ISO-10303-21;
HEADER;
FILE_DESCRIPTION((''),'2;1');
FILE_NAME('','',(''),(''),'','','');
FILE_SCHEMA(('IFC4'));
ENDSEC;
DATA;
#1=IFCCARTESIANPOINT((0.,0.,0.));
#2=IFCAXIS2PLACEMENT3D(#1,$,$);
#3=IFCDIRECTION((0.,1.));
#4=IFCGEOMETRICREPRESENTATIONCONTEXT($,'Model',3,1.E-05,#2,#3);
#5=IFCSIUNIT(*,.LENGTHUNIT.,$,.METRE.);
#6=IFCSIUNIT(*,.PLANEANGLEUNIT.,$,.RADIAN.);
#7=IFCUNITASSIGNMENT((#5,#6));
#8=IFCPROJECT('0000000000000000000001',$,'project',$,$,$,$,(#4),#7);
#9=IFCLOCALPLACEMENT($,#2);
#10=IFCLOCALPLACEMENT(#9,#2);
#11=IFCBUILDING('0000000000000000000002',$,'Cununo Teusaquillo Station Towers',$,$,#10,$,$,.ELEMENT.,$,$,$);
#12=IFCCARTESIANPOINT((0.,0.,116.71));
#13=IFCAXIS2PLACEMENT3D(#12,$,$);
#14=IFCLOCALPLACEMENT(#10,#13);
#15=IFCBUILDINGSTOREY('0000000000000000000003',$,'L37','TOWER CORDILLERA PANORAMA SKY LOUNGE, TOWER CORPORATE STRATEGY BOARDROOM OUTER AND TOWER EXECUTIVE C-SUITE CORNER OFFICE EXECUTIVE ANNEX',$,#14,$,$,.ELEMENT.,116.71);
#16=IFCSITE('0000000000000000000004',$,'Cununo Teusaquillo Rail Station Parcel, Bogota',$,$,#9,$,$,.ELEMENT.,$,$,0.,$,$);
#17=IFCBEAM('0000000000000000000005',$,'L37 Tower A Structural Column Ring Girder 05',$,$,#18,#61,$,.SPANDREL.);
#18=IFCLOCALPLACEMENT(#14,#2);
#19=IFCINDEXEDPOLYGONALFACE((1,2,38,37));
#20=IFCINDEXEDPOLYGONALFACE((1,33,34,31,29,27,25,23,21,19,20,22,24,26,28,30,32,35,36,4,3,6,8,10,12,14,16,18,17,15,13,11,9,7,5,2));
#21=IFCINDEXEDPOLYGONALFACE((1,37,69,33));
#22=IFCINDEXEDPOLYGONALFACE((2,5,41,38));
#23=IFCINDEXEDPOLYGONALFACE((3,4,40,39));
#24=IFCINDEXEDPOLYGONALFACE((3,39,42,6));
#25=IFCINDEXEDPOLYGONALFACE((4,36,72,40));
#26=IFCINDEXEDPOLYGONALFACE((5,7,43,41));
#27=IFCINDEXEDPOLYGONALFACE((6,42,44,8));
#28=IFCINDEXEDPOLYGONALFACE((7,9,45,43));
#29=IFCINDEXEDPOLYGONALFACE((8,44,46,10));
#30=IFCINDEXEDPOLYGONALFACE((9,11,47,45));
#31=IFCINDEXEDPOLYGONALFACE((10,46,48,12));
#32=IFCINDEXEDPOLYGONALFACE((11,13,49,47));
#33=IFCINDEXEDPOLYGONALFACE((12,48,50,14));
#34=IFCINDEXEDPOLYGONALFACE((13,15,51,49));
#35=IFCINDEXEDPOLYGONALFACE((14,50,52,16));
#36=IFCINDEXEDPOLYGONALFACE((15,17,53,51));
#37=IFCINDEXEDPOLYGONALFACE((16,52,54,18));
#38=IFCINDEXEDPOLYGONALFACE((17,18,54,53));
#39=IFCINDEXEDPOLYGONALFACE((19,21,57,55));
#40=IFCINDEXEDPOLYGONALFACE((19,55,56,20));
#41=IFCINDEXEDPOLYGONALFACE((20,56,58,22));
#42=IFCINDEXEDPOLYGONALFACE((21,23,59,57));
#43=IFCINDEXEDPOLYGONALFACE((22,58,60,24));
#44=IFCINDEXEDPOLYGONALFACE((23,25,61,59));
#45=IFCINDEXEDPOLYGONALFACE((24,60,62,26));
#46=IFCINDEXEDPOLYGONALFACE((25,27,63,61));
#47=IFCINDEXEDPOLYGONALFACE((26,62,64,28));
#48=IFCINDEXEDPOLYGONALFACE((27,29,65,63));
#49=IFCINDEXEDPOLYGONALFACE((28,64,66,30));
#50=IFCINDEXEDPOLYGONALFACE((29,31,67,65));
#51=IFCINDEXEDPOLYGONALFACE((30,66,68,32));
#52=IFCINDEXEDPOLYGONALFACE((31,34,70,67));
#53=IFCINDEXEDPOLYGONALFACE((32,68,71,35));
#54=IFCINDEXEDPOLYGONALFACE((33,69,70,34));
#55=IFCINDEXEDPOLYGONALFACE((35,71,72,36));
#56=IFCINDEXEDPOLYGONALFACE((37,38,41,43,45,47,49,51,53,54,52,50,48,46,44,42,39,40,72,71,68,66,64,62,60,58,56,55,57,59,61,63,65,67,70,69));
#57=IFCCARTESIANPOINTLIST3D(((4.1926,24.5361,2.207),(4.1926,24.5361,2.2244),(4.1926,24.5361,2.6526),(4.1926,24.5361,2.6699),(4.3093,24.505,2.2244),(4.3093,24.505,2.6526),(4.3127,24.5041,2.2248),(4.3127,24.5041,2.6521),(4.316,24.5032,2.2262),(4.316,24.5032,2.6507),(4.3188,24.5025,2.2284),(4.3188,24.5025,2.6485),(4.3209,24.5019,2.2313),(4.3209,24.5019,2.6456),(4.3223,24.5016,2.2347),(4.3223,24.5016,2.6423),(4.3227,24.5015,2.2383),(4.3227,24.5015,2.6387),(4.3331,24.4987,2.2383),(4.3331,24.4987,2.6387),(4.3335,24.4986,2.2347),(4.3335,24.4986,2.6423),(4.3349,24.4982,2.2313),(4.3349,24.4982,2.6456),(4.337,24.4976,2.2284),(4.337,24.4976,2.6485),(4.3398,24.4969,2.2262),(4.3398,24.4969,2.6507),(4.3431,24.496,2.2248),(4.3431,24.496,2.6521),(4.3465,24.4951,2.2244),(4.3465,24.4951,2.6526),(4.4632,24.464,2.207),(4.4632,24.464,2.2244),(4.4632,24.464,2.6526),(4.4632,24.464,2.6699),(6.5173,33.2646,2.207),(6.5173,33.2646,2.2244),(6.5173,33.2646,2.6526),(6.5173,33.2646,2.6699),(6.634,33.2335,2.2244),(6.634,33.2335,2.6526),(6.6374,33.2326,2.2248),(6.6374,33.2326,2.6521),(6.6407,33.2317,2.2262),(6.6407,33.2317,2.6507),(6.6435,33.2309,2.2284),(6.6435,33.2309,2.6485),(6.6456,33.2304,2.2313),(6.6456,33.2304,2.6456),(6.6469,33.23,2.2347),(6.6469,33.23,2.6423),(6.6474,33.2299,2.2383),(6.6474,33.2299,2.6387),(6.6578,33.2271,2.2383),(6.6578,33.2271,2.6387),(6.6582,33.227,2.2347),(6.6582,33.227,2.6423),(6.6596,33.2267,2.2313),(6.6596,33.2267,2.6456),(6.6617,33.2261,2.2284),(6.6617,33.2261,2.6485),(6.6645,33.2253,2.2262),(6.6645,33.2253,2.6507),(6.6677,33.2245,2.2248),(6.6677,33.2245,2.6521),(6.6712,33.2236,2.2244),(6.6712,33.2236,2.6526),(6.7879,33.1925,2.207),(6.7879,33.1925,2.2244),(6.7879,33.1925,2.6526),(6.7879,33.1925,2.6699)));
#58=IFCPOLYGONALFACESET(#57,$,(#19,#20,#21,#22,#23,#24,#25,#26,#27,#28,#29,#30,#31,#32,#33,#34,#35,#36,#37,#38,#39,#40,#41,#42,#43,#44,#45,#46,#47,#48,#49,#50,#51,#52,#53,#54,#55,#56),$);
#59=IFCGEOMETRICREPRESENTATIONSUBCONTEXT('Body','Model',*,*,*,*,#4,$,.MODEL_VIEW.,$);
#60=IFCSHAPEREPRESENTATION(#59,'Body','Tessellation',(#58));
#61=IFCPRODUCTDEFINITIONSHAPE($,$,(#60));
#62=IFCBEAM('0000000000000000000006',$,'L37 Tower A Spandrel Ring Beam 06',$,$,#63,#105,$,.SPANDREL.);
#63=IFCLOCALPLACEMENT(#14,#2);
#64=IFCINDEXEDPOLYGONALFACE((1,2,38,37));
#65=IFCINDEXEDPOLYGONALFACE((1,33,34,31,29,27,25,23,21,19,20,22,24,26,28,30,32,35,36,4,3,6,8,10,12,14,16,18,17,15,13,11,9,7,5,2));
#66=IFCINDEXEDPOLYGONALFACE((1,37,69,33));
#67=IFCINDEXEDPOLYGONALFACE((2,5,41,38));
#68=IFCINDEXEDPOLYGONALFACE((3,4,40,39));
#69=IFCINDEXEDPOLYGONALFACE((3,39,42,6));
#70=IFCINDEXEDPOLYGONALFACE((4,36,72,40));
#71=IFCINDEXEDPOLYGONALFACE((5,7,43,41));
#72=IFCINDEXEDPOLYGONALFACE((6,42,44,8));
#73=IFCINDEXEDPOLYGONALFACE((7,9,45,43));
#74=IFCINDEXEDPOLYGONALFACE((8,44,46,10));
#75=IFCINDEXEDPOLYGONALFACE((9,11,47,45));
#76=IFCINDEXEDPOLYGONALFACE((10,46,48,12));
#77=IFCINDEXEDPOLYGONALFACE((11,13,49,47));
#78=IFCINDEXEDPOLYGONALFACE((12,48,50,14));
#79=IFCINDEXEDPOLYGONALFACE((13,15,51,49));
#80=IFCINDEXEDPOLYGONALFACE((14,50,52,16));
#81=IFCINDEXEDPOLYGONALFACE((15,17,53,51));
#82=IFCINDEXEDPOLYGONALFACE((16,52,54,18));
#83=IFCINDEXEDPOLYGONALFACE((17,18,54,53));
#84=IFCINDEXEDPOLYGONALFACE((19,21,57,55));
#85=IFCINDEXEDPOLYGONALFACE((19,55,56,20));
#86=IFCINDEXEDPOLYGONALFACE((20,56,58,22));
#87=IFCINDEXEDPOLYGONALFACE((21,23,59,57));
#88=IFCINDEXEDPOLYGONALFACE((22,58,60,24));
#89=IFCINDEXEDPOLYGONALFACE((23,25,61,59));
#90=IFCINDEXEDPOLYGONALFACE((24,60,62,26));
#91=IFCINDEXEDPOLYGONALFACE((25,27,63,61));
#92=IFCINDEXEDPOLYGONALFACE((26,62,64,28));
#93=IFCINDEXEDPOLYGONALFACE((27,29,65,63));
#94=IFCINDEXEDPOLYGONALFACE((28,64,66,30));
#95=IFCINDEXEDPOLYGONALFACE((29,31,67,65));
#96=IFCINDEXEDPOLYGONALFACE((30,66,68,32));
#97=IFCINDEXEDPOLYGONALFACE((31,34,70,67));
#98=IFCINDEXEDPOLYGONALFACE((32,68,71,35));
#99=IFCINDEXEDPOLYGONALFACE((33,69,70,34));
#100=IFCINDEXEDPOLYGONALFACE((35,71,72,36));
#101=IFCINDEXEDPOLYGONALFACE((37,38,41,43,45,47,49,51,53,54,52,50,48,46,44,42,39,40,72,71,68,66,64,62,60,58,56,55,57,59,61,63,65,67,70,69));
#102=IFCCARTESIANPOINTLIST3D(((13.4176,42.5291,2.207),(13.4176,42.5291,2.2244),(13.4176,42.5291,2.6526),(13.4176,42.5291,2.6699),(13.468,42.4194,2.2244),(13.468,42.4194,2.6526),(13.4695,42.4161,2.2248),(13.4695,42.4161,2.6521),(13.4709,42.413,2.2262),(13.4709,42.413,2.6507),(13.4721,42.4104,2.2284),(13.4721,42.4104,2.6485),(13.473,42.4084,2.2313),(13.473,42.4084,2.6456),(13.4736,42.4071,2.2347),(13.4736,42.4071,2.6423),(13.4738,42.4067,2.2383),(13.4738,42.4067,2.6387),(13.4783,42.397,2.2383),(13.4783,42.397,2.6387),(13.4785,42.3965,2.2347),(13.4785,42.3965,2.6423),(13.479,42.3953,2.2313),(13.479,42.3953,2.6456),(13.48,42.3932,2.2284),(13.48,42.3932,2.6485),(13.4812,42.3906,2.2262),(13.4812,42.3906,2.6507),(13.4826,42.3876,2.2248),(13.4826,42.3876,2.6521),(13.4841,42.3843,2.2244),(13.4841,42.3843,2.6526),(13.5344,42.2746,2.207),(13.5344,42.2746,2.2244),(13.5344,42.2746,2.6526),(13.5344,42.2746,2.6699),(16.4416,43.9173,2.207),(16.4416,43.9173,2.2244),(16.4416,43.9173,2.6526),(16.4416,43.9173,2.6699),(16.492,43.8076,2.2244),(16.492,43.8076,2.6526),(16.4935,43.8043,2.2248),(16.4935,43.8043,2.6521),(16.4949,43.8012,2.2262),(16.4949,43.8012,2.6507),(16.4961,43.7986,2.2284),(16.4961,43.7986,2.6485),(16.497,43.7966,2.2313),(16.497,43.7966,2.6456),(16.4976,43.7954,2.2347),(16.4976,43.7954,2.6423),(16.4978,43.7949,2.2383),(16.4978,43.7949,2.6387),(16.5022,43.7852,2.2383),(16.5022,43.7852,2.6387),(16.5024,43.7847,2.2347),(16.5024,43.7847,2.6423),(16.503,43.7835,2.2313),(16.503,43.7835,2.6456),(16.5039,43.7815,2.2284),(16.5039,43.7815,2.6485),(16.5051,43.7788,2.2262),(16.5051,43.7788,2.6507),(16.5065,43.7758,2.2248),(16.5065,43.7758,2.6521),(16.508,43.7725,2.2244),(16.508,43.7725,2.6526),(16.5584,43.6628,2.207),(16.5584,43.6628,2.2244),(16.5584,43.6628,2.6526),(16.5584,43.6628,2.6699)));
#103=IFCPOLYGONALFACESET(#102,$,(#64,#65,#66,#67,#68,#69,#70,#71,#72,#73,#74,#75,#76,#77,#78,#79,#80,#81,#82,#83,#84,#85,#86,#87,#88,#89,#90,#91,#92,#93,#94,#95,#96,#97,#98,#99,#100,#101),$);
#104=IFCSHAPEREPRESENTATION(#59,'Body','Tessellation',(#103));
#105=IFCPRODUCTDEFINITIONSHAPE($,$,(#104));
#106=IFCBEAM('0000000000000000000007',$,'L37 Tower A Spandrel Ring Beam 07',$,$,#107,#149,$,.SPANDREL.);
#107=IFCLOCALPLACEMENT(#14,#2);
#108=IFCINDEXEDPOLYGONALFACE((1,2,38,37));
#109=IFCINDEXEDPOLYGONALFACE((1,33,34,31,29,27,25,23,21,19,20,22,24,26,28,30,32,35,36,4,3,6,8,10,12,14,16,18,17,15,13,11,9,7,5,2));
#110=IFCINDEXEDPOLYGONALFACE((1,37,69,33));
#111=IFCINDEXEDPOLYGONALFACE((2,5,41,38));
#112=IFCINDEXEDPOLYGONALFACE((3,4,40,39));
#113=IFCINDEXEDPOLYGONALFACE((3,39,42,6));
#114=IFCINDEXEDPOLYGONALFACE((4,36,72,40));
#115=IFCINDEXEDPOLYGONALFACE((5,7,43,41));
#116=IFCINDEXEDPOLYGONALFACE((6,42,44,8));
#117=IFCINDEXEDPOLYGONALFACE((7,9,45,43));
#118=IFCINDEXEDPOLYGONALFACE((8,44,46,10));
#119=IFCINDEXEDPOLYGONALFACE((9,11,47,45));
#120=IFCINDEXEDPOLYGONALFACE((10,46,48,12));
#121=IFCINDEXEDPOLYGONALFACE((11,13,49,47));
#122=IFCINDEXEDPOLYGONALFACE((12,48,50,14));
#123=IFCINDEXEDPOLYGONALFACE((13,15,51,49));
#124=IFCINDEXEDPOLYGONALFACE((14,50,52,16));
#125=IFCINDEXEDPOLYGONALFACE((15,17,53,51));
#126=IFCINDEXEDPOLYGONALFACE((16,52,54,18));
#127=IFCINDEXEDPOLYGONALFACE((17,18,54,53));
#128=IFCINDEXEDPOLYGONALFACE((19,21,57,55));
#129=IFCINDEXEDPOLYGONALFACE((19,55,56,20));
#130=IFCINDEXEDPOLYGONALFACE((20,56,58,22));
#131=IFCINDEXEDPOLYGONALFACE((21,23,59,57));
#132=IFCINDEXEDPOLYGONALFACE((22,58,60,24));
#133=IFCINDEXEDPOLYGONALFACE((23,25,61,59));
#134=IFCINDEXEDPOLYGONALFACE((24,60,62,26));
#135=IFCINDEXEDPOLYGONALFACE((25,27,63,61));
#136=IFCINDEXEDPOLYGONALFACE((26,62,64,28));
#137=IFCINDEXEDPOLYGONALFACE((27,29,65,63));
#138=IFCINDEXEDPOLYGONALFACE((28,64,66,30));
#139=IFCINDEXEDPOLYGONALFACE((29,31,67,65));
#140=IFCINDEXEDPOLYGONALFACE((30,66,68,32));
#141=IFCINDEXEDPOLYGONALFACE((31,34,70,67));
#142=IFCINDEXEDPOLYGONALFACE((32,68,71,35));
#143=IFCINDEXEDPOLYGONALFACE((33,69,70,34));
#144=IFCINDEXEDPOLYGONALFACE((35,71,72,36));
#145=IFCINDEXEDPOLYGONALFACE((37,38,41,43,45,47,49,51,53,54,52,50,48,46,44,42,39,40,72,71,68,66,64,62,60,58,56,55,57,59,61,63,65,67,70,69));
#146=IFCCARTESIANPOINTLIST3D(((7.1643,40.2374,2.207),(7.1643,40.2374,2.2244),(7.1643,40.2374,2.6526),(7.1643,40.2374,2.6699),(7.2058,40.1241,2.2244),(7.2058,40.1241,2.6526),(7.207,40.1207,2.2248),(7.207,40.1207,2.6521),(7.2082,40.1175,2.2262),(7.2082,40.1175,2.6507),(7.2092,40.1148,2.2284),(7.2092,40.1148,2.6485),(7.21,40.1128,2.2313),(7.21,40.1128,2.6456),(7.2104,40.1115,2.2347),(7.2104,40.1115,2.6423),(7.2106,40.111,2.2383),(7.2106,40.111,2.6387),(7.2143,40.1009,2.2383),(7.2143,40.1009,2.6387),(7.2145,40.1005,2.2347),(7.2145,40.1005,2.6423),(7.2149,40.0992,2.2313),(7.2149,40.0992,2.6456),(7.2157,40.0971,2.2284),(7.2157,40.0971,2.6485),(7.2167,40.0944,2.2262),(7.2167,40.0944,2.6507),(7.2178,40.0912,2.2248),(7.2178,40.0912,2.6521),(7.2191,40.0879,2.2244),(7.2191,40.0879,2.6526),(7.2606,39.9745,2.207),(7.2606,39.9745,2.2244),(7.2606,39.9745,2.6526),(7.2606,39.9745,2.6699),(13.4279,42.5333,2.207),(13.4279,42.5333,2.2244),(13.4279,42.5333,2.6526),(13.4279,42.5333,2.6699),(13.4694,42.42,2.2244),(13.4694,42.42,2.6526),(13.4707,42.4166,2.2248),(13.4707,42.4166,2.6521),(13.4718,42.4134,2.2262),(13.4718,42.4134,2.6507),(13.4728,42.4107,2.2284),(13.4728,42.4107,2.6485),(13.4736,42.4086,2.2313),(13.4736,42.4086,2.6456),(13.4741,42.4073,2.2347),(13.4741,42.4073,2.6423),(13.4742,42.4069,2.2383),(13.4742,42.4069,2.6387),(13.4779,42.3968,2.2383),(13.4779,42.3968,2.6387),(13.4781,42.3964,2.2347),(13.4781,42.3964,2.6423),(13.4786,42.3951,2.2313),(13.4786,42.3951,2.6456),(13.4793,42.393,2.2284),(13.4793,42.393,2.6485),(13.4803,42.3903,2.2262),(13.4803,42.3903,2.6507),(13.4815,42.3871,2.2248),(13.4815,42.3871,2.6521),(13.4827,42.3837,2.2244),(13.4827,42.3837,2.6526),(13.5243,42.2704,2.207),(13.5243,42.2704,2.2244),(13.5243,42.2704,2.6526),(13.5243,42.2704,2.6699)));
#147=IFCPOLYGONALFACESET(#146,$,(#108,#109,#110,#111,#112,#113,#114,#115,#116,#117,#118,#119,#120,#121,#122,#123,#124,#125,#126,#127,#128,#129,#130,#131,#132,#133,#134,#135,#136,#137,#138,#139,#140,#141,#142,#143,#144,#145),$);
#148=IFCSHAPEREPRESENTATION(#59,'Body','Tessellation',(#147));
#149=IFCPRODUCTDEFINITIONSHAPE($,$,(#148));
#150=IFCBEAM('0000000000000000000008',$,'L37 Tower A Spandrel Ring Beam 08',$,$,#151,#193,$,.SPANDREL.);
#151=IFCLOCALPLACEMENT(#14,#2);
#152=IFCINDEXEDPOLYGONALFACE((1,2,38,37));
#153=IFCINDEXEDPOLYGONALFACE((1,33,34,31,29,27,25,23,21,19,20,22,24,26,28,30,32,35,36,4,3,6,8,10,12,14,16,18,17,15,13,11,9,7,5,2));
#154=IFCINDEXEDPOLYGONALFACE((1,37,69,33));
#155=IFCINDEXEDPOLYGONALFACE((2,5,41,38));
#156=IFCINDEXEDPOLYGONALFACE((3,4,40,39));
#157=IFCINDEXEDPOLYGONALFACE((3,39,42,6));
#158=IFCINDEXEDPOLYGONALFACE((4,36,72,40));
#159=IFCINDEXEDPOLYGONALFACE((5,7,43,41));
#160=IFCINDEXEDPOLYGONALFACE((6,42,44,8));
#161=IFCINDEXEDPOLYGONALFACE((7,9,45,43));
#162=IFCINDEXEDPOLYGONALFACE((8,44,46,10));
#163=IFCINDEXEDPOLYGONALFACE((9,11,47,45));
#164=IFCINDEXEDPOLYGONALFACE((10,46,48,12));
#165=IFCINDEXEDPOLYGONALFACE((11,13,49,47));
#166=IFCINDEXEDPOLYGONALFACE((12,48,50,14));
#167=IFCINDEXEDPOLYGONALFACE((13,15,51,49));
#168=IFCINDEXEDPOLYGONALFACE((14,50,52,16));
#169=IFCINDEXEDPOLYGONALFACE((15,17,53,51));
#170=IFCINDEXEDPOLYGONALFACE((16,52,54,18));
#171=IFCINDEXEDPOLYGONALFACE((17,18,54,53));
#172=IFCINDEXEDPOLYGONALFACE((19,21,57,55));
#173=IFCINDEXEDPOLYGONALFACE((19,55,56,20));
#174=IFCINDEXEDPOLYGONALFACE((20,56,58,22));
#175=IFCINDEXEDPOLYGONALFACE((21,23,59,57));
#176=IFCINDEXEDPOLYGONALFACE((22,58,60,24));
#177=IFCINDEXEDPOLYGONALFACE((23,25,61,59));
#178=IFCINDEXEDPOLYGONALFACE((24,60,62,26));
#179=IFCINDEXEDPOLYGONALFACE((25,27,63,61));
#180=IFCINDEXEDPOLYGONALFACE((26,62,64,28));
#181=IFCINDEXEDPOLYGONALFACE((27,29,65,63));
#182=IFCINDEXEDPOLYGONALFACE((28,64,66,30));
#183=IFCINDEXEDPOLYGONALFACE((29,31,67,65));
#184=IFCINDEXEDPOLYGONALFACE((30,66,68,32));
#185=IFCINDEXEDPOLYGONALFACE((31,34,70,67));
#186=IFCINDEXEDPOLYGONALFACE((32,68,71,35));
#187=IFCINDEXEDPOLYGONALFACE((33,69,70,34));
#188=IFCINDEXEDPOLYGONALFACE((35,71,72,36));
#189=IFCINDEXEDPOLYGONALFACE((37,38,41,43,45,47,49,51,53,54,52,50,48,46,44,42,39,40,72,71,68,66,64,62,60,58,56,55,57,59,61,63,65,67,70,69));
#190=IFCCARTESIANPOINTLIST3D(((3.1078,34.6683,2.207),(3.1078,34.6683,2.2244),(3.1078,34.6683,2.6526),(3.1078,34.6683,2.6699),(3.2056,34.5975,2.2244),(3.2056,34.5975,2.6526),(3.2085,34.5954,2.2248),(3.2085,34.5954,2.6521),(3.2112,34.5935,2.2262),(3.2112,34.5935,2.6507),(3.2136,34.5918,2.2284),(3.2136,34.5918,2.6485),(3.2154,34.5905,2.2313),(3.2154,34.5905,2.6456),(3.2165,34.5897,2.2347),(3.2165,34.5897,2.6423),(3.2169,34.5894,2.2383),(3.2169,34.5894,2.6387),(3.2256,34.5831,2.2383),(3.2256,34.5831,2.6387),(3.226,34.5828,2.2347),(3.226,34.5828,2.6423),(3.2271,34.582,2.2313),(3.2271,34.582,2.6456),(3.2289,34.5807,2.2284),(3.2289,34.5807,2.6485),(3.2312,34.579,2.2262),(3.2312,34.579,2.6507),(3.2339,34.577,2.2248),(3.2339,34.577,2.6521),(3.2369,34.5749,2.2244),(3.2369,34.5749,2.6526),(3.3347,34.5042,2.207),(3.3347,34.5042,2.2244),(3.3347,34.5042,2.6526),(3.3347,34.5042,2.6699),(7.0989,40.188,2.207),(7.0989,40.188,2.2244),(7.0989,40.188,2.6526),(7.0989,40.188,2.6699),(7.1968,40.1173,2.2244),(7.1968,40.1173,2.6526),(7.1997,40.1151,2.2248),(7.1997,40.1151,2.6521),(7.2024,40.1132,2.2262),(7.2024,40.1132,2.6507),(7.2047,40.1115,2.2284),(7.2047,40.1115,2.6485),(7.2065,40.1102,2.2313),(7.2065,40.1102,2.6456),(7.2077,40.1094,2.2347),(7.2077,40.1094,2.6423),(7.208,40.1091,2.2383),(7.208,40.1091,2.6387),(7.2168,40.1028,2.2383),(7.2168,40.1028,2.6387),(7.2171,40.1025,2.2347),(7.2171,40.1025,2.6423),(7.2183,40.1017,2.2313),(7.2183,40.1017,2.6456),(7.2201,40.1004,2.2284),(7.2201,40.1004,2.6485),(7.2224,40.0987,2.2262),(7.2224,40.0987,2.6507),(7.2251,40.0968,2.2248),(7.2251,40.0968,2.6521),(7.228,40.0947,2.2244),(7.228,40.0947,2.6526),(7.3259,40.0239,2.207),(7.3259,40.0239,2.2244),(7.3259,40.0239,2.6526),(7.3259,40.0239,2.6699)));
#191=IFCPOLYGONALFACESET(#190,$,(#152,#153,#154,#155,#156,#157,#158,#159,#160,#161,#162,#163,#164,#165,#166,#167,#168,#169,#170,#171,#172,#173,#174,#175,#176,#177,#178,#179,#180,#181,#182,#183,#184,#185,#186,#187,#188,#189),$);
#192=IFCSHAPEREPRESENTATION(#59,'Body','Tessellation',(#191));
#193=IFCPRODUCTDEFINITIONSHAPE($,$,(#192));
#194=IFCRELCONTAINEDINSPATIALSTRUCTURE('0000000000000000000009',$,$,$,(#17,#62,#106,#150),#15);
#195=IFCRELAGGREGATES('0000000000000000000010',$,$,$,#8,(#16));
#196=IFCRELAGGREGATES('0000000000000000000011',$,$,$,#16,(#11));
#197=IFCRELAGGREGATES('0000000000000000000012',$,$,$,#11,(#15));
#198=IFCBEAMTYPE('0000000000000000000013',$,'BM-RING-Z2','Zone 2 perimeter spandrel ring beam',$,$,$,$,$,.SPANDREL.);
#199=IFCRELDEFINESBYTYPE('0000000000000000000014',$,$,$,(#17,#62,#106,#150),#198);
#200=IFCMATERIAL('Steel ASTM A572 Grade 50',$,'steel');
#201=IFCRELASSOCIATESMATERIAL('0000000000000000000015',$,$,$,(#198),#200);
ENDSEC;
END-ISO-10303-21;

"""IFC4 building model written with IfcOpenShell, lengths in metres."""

from ifc_helpers import new_model, si_unit, direction, frame, origin, origin_2d, place, context, subcontext, project, spatial, i_section, extrude, material, material_profile, profile_set, type_object, element, save


model = new_model("IFC4")

# Units and contexts
model_context = context("Model", 3, precision=1e-05, world=origin(), true_north=direction((0.0, 1.0)))
body_context = subcontext(model_context, "Body", "Model", "MODEL_VIEW")
ifc_project = project(units=[si_unit("LENGTHUNIT", "METRE"), si_unit("PLANEANGLEUNIT", "RADIAN")], contexts=[model_context])

# Site, building, storey
site_placement = place(None, origin())
site = spatial("IfcSite", under=ifc_project, at=site_placement, Name="Cununo Teusaquillo Rail Station Parcel, Bogota", CompositionType="ELEMENT", RefElevation=0.0)
building_placement = place(site_placement, origin())
building = spatial("IfcBuilding", under=site, at=building_placement, Name="Cununo Teusaquillo Station Towers", CompositionType="ELEMENT")
storey_placement = place(building_placement, frame((0.0, 0.0, 116.71)))
storey = spatial("IfcBuildingStorey", under=building, at=storey_placement, Name="L37", Description="TOWER CORDILLERA PANORAMA SKY LOUNGE, TOWER CORPORATE STRATEGY BOARDROOM OUTER AND TOWER EXECUTIVE C-SUITE CORNER OFFICE EXECUTIVE ANNEX", CompositionType="ELEMENT", Elevation=116.71)

# Beams
ifc_material_1 = material(Name="Steel ASTM A572 Grade 50", Category="steel")
ifc_material_profile_1 = material_profile(ifc_material_1, i_section(OverallWidth=0.28, OverallDepth=0.4629, WebThickness=0.0107, FlangeThickness=0.0173, FilletRadius=0.0139, at=origin_2d()), Name="W18X76")
ifc_profile_set_1 = profile_set([ifc_material_profile_1], Name="Steel ASTM A572 Grade 50")
beam_type_1 = type_object("IfcBeamType", Name="BM-RING-Z2", Description="Zone 2 perimeter spandrel ring beam", PredefinedType="SPANDREL", material=ifc_profile_set_1)
beam_1_placement = place(storey_placement, frame((6.6526, 33.2285, 2.4385), z_axis=(-0.257363, -0.966315, 0.0), x_axis=(0.966315, -0.257363, 0.0)))
element("IfcBeam", 1, at=beam_1_placement, inside=storey, type_object=beam_type_1, Name="L37 Tower A Structural Column Ring Girder 05", PredefinedType="SPANDREL", context=body_context, shape_type="SweptSolid", body=[
    extrude(i_section(OverallWidth=0.28, OverallDepth=0.4629, WebThickness=0.0107, FlangeThickness=0.0173, FilletRadius=0.0139, at=origin_2d()), origin(), (0.0, 0.0, 1.0), 9.0327),
])
beam_2_placement = place(storey_placement, frame((16.5, 43.79, 2.4385), z_axis=(-0.908812, -0.417205, 0.0), x_axis=(0.417205, -0.908812, 0.0)))
element("IfcBeam", 2, at=beam_2_placement, inside=storey, type_object=beam_type_1, Name="L37 Tower A Spandrel Ring Beam 06", PredefinedType="SPANDREL", context=body_context, shape_type="SweptSolid", body=[
    extrude(i_section(OverallWidth=0.28, OverallDepth=0.4629, WebThickness=0.0107, FlangeThickness=0.0173, FilletRadius=0.0139, at=origin_2d()), origin(), (0.0, 0.0, 1.0), 3.3274),
])
beam_3_placement = place(storey_placement, frame((13.4761, 42.4019, 2.4385), z_axis=(-0.938914, -0.344151, 0.0), x_axis=(0.344151, -0.938914, 0.0)))
element("IfcBeam", 3, at=beam_3_placement, inside=storey, type_object=beam_type_1, Name="L37 Tower A Spandrel Ring Beam 07", PredefinedType="SPANDREL", context=body_context, shape_type="SweptSolid", body=[
    extrude(i_section(OverallWidth=0.28, OverallDepth=0.4629, WebThickness=0.0107, FlangeThickness=0.0173, FilletRadius=0.0139, at=origin_2d()), origin(), (0.0, 0.0, 1.0), 6.6711),
])
beam_4_placement = place(storey_placement, frame((7.2124, 40.106, 2.4385), z_axis=(-0.585945, -0.810351, 0.0), x_axis=(0.810351, -0.585945, 0.0)))
element("IfcBeam", 4, at=beam_4_placement, inside=storey, type_object=beam_type_1, Name="L37 Tower A Spandrel Ring Beam 08", PredefinedType="SPANDREL", context=body_context, shape_type="SweptSolid", body=[
    extrude(i_section(OverallWidth=0.28, OverallDepth=0.4629, WebThickness=0.0107, FlangeThickness=0.0173, FilletRadius=0.0139, at=origin_2d()), origin(), (0.0, 0.0, 1.0), 6.8115),
])

save(model, "model.ifc")
